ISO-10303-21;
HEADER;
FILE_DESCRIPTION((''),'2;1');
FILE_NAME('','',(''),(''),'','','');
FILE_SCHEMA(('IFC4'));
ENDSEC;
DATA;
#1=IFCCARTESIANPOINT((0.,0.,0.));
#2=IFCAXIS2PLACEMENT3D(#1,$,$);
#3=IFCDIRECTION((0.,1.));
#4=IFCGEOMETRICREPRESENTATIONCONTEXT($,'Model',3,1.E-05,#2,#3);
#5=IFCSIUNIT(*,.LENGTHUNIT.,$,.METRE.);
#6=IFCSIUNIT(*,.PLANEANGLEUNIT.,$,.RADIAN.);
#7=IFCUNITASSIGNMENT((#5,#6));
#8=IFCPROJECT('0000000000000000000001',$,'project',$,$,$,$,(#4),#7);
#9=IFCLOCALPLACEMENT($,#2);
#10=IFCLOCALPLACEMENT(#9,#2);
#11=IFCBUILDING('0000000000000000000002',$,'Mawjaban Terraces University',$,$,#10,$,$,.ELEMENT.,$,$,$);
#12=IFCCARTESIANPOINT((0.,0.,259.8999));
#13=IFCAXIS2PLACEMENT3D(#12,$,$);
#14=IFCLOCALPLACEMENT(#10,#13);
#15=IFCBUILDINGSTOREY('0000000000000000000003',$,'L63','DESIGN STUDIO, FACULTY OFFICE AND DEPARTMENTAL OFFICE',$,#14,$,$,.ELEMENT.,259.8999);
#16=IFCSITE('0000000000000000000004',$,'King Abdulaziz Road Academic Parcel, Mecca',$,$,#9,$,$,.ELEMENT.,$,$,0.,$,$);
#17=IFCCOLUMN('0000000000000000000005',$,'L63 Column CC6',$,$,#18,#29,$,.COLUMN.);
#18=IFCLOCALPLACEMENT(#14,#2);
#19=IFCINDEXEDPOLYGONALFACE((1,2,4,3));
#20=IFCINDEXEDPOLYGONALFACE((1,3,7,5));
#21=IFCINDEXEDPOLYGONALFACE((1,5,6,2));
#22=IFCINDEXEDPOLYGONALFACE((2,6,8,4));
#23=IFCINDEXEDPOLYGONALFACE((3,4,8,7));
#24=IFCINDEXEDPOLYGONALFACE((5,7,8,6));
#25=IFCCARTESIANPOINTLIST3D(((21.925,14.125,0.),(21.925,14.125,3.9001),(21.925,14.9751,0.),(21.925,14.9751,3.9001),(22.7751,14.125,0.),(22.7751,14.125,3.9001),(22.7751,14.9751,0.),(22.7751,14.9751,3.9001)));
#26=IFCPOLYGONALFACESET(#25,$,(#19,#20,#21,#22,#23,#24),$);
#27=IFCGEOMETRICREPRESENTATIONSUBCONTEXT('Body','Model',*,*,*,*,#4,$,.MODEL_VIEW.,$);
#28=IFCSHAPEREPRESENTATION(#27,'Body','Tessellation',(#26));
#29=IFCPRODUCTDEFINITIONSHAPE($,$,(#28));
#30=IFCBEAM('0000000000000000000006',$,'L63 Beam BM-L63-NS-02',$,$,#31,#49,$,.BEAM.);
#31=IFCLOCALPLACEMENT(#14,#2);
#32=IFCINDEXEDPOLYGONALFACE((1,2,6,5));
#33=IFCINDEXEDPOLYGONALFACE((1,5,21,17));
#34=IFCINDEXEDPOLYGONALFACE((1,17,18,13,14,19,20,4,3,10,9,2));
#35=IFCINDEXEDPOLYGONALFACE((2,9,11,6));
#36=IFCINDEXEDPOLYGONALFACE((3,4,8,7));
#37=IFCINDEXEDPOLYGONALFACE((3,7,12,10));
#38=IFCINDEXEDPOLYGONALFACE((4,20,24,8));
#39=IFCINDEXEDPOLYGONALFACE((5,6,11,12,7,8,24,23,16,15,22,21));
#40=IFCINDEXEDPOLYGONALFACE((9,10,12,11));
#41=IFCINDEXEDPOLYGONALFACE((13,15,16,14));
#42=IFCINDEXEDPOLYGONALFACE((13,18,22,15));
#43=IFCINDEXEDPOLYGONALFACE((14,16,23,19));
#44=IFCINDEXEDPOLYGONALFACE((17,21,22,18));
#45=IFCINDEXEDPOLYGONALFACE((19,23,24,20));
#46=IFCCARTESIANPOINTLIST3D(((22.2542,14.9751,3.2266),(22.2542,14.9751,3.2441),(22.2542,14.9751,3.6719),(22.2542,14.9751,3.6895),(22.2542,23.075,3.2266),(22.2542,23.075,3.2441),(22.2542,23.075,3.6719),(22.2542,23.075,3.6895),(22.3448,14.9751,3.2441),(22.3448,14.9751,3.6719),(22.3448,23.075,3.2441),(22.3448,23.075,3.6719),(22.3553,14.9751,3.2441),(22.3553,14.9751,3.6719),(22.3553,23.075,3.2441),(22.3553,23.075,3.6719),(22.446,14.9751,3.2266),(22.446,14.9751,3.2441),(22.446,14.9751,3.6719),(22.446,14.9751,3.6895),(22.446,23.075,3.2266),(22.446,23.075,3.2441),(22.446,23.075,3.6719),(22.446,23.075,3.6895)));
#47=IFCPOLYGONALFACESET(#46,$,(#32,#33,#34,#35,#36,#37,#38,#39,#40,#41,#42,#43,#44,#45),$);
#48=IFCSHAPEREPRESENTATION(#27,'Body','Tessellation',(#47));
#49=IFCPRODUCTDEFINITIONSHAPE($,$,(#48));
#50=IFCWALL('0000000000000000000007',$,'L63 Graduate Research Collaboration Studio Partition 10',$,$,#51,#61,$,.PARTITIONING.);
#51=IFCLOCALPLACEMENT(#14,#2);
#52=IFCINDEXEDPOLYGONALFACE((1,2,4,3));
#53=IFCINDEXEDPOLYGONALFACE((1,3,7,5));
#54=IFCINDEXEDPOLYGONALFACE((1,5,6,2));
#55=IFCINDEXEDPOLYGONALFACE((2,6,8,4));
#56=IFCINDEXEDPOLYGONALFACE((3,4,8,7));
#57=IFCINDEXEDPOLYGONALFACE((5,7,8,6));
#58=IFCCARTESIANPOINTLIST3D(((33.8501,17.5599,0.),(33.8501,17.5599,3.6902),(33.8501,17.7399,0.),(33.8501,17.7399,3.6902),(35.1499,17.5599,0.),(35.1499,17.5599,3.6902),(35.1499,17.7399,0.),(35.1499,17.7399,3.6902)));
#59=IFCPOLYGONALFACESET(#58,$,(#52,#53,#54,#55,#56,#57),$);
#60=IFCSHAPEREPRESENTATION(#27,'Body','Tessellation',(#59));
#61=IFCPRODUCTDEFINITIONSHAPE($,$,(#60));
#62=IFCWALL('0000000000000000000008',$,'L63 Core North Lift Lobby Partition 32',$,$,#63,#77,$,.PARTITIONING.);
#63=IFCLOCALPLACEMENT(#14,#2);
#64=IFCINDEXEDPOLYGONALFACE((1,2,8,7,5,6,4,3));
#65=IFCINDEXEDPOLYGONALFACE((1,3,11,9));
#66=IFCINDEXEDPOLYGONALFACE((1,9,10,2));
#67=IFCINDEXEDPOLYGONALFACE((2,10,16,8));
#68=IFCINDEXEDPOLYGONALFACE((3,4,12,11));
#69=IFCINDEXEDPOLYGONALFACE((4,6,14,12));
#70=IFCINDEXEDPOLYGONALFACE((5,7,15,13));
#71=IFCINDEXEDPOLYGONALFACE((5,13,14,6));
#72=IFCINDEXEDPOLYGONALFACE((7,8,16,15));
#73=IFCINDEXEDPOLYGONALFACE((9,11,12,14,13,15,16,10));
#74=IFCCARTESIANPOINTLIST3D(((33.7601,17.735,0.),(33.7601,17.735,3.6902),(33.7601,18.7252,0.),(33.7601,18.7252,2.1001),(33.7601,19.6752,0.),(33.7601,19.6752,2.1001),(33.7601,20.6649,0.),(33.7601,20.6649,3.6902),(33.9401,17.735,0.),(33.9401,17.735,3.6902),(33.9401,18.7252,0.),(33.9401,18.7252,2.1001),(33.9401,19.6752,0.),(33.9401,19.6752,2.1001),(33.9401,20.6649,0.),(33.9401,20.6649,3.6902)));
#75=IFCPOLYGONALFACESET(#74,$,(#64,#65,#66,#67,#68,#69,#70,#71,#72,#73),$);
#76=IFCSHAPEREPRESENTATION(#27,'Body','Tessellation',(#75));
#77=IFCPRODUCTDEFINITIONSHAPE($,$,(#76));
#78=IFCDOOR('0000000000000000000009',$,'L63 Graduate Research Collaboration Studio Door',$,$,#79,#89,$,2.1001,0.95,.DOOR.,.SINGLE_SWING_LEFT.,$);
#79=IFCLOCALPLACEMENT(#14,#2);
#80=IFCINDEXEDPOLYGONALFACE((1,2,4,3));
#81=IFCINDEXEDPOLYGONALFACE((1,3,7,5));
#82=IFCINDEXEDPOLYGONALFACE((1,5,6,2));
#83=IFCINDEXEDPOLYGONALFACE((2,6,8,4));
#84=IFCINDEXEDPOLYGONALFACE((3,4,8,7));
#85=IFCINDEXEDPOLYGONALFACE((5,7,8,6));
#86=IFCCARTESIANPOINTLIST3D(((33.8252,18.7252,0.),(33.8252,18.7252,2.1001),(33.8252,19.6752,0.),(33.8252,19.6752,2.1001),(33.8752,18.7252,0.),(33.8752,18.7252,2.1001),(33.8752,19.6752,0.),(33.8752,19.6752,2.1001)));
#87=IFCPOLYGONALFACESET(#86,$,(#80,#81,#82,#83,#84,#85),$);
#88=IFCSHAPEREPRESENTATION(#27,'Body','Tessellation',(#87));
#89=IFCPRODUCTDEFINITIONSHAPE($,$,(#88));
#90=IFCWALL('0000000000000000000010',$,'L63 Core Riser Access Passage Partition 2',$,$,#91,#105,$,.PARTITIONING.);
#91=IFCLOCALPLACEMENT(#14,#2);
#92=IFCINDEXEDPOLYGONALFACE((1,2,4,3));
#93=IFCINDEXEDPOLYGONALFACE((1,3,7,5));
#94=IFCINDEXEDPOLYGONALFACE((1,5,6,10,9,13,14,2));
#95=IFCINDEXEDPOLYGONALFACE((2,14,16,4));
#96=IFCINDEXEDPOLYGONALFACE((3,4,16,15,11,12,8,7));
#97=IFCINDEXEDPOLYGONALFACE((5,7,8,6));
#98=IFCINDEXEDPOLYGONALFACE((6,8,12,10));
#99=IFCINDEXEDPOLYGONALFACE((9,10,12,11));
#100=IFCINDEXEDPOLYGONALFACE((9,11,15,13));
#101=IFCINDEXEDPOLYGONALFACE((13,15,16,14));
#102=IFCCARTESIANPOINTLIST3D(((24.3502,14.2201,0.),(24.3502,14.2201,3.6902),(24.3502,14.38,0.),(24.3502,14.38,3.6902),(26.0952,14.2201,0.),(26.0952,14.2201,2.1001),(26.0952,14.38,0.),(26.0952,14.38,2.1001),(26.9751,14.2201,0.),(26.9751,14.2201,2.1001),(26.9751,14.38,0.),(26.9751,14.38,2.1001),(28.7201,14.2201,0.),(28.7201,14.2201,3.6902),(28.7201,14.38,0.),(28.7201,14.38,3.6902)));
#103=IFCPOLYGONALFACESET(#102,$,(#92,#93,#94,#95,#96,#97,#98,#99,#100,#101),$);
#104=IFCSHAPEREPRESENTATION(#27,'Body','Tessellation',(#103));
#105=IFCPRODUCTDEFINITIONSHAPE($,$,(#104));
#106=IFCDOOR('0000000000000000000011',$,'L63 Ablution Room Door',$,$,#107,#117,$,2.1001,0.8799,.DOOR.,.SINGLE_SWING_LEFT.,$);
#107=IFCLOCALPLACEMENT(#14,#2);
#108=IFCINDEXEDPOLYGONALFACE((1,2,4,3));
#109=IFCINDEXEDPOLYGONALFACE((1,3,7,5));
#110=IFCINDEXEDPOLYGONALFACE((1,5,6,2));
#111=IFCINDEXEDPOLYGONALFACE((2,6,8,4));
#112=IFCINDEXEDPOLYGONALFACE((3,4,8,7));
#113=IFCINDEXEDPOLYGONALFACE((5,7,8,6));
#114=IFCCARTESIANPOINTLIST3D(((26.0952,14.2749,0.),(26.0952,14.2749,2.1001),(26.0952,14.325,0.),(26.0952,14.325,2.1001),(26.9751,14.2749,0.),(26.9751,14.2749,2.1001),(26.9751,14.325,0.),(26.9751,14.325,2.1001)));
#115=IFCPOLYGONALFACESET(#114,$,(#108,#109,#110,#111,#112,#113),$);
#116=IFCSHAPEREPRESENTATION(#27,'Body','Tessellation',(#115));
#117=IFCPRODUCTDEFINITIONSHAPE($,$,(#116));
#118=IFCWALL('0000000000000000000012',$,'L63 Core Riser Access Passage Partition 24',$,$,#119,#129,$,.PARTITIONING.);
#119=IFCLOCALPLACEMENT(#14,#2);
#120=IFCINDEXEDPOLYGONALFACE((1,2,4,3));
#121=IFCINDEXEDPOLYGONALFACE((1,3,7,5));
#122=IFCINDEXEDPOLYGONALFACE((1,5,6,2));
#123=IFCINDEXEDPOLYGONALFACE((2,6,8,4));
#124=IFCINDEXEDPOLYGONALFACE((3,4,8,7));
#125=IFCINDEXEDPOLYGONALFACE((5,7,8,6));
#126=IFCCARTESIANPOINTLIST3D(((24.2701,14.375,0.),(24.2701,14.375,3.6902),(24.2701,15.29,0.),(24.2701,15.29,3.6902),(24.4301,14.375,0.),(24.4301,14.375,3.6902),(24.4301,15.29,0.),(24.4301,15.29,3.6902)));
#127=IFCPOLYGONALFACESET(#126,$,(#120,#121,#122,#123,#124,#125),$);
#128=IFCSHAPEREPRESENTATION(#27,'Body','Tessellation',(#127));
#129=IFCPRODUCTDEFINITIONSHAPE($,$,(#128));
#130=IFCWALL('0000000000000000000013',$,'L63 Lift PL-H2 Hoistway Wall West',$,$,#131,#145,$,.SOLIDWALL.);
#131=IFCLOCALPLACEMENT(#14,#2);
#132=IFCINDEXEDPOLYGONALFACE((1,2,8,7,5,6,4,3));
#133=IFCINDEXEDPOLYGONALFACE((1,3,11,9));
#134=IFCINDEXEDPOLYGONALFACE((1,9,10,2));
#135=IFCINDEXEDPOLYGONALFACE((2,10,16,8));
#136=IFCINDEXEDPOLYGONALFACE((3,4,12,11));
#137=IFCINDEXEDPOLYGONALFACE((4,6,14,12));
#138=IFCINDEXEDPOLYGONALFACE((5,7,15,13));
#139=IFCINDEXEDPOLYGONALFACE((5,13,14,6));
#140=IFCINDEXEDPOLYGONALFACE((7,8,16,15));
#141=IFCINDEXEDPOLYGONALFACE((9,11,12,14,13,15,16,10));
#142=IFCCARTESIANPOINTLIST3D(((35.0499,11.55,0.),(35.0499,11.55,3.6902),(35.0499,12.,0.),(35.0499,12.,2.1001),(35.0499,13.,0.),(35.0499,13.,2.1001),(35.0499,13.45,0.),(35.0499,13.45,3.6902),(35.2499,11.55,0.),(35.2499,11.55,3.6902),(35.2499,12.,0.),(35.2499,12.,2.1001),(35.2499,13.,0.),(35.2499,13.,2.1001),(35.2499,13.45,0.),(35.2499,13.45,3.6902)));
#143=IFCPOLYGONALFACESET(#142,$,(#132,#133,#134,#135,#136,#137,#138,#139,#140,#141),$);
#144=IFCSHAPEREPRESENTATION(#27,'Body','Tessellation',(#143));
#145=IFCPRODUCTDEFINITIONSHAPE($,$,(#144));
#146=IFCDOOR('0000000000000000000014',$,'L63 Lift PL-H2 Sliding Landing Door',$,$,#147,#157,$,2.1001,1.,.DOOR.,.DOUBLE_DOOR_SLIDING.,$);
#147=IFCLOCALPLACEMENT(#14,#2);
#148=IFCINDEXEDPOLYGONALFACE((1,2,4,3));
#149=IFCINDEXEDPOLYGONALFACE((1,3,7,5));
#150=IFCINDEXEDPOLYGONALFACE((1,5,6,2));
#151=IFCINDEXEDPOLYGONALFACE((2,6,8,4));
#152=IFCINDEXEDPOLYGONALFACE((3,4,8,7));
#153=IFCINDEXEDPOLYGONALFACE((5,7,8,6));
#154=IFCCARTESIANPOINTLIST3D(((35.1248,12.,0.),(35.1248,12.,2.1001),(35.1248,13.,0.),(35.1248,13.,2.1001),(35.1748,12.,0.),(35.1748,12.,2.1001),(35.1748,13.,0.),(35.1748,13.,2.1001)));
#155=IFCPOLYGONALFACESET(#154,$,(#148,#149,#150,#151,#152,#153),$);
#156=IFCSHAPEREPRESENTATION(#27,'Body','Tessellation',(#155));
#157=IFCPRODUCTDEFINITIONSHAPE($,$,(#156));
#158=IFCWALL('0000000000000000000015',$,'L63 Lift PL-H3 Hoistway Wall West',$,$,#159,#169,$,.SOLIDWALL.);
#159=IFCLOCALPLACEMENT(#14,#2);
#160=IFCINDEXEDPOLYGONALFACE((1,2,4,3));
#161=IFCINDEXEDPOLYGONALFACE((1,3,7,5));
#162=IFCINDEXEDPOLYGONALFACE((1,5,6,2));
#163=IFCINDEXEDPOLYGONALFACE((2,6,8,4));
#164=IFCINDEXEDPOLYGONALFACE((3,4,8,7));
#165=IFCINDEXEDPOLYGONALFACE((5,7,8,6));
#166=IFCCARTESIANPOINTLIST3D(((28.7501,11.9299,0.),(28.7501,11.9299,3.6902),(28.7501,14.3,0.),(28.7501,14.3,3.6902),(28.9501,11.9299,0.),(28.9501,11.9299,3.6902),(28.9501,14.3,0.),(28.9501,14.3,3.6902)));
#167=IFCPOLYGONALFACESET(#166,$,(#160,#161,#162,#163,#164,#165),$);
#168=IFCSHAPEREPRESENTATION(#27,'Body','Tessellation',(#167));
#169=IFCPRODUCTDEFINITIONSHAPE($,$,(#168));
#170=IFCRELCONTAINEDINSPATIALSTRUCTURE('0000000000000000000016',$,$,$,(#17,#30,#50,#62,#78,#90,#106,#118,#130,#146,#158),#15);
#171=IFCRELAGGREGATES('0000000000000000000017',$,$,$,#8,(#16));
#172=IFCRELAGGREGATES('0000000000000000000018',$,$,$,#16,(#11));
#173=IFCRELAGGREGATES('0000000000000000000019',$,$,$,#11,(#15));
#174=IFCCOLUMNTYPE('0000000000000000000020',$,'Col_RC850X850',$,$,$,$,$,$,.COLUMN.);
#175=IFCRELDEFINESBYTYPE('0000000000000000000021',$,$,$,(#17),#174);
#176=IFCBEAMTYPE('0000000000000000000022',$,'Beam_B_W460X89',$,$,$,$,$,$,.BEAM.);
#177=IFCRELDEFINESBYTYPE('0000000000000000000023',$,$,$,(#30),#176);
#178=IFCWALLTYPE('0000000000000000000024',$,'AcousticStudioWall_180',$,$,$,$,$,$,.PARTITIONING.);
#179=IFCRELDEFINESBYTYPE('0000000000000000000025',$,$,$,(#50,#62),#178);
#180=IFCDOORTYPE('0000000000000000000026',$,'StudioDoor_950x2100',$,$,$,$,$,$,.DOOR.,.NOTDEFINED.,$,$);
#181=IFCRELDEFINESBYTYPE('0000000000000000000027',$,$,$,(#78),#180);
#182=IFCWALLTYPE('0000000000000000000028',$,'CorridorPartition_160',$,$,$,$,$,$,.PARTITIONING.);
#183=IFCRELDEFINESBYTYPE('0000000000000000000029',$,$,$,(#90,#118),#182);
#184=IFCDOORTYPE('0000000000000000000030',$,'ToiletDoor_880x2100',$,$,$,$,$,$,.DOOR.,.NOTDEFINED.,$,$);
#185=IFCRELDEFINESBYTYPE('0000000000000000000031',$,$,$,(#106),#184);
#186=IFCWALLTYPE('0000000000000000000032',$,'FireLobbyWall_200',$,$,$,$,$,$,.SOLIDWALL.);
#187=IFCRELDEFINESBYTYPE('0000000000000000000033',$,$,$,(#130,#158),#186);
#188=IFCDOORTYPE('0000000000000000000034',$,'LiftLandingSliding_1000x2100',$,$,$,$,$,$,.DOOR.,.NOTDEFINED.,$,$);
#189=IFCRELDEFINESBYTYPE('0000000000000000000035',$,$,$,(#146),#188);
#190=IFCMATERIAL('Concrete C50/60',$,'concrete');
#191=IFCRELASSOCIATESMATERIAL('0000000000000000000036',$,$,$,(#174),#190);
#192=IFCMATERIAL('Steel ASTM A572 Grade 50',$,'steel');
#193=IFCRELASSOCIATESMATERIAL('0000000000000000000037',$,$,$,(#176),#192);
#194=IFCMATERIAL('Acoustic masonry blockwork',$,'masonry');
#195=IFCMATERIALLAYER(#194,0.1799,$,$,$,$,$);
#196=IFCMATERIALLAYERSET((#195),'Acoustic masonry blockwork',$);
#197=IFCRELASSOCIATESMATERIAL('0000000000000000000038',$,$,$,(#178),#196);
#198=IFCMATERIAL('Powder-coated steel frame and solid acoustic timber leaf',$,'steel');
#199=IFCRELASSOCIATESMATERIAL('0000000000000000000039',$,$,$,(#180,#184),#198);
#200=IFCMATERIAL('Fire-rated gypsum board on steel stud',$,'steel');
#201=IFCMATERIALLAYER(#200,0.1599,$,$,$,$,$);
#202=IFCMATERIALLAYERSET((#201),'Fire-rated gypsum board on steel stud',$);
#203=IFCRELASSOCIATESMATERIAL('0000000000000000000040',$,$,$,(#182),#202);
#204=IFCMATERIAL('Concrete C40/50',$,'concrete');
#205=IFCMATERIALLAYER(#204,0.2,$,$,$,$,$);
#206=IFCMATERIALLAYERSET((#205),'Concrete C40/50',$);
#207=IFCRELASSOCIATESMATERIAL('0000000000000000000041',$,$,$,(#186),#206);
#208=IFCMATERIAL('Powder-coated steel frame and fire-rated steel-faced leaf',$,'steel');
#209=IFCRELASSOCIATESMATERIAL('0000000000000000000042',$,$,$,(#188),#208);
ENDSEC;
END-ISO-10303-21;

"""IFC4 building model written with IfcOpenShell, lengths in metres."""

from ifc_helpers import new_model, si_unit, direction, frame, frame_2d, origin, origin_2d, place, context, subcontext, project, spatial, rectangle, i_section, extrude, material, layer, layer_set, material_profile, profile_set, type_object, element, fill, save


model = new_model("IFC4")

# Units and contexts
model_context = context("Model", 3, precision=1e-05, world=origin(), true_north=direction((0.0, 1.0)))
body_context = subcontext(model_context, "Body", "Model", "MODEL_VIEW")
ifc_project = project(units=[si_unit("LENGTHUNIT", "METRE"), si_unit("PLANEANGLEUNIT", "RADIAN")], contexts=[model_context])

# Site, building, storey
site_placement = place(None, origin())
site = spatial("IfcSite", under=ifc_project, at=site_placement, Name="King Abdulaziz Road Academic Parcel, Mecca", CompositionType="ELEMENT", RefElevation=0.0)
building_placement = place(site_placement, origin())
building = spatial("IfcBuilding", under=site, at=building_placement, Name="Mawjaban Terraces University", CompositionType="ELEMENT")
storey_placement = place(building_placement, frame((0.0, 0.0, 259.8999)))
storey = spatial("IfcBuildingStorey", under=building, at=storey_placement, Name="L63", Description="DESIGN STUDIO, FACULTY OFFICE AND DEPARTMENTAL OFFICE", CompositionType="ELEMENT", Elevation=259.8999)

# Column
ifc_material_1 = material(Name="Concrete C50/60", Category="concrete")
ifc_material_profile_1 = material_profile(ifc_material_1, rectangle(XDim=0.8501, YDim=0.8501, at=origin_2d()), Name="RC850X850")
ifc_profile_set_1 = profile_set([ifc_material_profile_1], Name="Concrete C50/60")
column_type = type_object("IfcColumnType", Name="Col_RC850X850", PredefinedType="COLUMN", material=ifc_profile_set_1)
column_placement = place(storey_placement, frame((22.3501, 14.55, 0.0), z_axis=(0.0, 0.0, 1.0), x_axis=(1.0, 0.0, 0.0)))
element("IfcColumn", 1, at=column_placement, inside=storey, type_object=column_type, Name="L63 Column CC6", PredefinedType="COLUMN", context=body_context, shape_type="SweptSolid", body=[
    extrude(rectangle(XDim=0.8501, YDim=0.8501, at=origin_2d()), origin(), (0.0, 0.0, 1.0), 3.9001),
])

# Beam
ifc_material_2 = material(Name="Steel ASTM A572 Grade 50", Category="steel")
ifc_material_profile_2 = material_profile(ifc_material_2, i_section(OverallWidth=0.1919, OverallDepth=0.4629, WebThickness=0.0105, FlangeThickness=0.0176, at=origin_2d()), Name="W460X89")
ifc_profile_set_2 = profile_set([ifc_material_profile_2], Name="Steel ASTM A572 Grade 50")
beam_type = type_object("IfcBeamType", Name="Beam_B_W460X89", PredefinedType="BEAM", material=ifc_profile_set_2)
beam_placement = place(storey_placement, frame((22.3501, 14.9751, 3.458), z_axis=(0.0, 1.0, 0.0), x_axis=(-1.0, 0.0, 0.0)))
element("IfcBeam", 2, at=beam_placement, inside=storey, type_object=beam_type, Name="L63 Beam BM-L63-NS-02", PredefinedType="BEAM", context=body_context, shape_type="SweptSolid", body=[
    extrude(i_section(OverallWidth=0.1919, OverallDepth=0.4629, WebThickness=0.0105, FlangeThickness=0.0176, at=origin_2d()), origin(), (0.0, 0.0, 1.0), 8.0999),
])

# Wall
ifc_material_3 = material(Name="Acoustic masonry blockwork", Category="masonry")
ifc_layer_1 = layer(ifc_material_3, 0.1799)
ifc_layer_set_1 = layer_set([ifc_layer_1], Name="Acoustic masonry blockwork")
wall_type_1 = type_object("IfcWallType", Name="AcousticStudioWall_180", PredefinedType="PARTITIONING", material=ifc_layer_set_1)
wall_1_placement = place(storey_placement, frame((33.8501, 17.6499, 0.0), z_axis=(0.0, 0.0, 1.0), x_axis=(1.0, 0.0, 0.0)))
element("IfcWall", 3, at=wall_1_placement, inside=storey, type_object=wall_type_1, Name="L63 Graduate Research Collaboration Studio Partition 10", PredefinedType="PARTITIONING", context=body_context, shape_type="SweptSolid", body=[
    extrude(rectangle(XDim=1.2998, YDim=0.1799, at=frame_2d((0.6499, 0.0))), origin(), (0.0, 0.0, 1.0), 3.6902),
])

# Walls, openings, doors
wall_2_placement = place(storey_placement, frame((33.8501, 17.7351, 0.0), z_axis=(0.0, 0.0, 1.0), x_axis=(0.0, 1.0, 0.0)))
wall_2 = element("IfcWall", 4, at=wall_2_placement, inside=storey, type_object=wall_type_1, Name="L63 Core North Lift Lobby Partition 32", PredefinedType="PARTITIONING", context=body_context, shape_type="SweptSolid", body=[
    extrude(rectangle(XDim=2.9299, YDim=0.1799, at=frame_2d((1.4648, 0.0))), origin(), (0.0, 0.0, 1.0), 3.6902),
])
opening_1_placement = place(wall_2_placement, frame((0.99, 0.0, 0.0)))
opening_1 = element("IfcOpeningElement", 5, at=opening_1_placement, cuts=wall_2, PredefinedType="OPENING", context=body_context, shape_type="SweptSolid", body=[
    extrude(rectangle(XDim=0.95, YDim=2.1001, at=frame_2d((0.4751, 1.05))), frame((0.0, 0.0999, 0.0), z_axis=(0.0, -1.0, 0.0), x_axis=(1.0, 0.0, 0.0)), (0.0, 0.0, 1.0), 0.2),
])
ifc_material_4 = material(Name="Powder-coated steel frame and solid acoustic timber leaf", Category="steel")
door_type_1 = type_object("IfcDoorType", Name="StudioDoor_950x2100", OperationType="NOTDEFINED", PredefinedType="DOOR", material=ifc_material_4)
door_1_placement = place(opening_1_placement, origin())
door_1 = element("IfcDoor", 6, at=door_1_placement, inside=storey, type_object=door_type_1, Name="L63 Graduate Research Collaboration Studio Door", OperationType="SINGLE_SWING_LEFT", OverallHeight=2.1001, OverallWidth=0.95, PredefinedType="DOOR", context=body_context, shape_type="SweptSolid", body=[
    extrude(rectangle(XDim=0.95, YDim=2.1001, at=frame_2d((0.4751, 1.05))), frame((0.0, 0.0249, 0.0), z_axis=(0.0, -1.0, 0.0), x_axis=(1.0, 0.0, 0.0)), (0.0, 0.0, 1.0), 0.05),
])
fill(opening_1, door_1)
ifc_material_5 = material(Name="Fire-rated gypsum board on steel stud", Category="steel")
ifc_layer_2 = layer(ifc_material_5, 0.1599)
ifc_layer_set_2 = layer_set([ifc_layer_2], Name="Fire-rated gypsum board on steel stud")
wall_type_2 = type_object("IfcWallType", Name="CorridorPartition_160", PredefinedType="PARTITIONING", material=ifc_layer_set_2)
wall_3_placement = place(storey_placement, frame((24.3501, 14.3, 0.0), z_axis=(0.0, 0.0, 1.0), x_axis=(1.0, 0.0, 0.0)))
wall_3 = element("IfcWall", 7, at=wall_3_placement, inside=storey, type_object=wall_type_2, Name="L63 Core Riser Access Passage Partition 2", PredefinedType="PARTITIONING", context=body_context, shape_type="SweptSolid", body=[
    extrude(rectangle(XDim=4.3699, YDim=0.1599, at=frame_2d((2.1851, 0.0))), origin(), (0.0, 0.0, 1.0), 3.6902),
])
opening_2_placement = place(wall_3_placement, frame((1.7451, 0.0, 0.0)))
opening_2 = element("IfcOpeningElement", 8, at=opening_2_placement, cuts=wall_3, PredefinedType="OPENING", context=body_context, shape_type="SweptSolid", body=[
    extrude(rectangle(XDim=0.8799, YDim=2.1001, at=frame_2d((0.4399, 1.05))), frame((0.0, 0.0898, 0.0), z_axis=(0.0, -1.0, 0.0), x_axis=(1.0, 0.0, 0.0)), (0.0, 0.0, 1.0), 0.1799),
])
door_type_2 = type_object("IfcDoorType", Name="ToiletDoor_880x2100", OperationType="NOTDEFINED", PredefinedType="DOOR", material=ifc_material_4)
door_2_placement = place(opening_2_placement, origin())
door_2 = element("IfcDoor", 9, at=door_2_placement, inside=storey, type_object=door_type_2, Name="L63 Ablution Room Door", OperationType="SINGLE_SWING_LEFT", OverallHeight=2.1001, OverallWidth=0.8799, PredefinedType="DOOR", context=body_context, shape_type="SweptSolid", body=[
    extrude(rectangle(XDim=0.8799, YDim=2.1001, at=frame_2d((0.4399, 1.05))), frame((0.0, 0.0249, 0.0), z_axis=(0.0, -1.0, 0.0), x_axis=(1.0, 0.0, 0.0)), (0.0, 0.0, 1.0), 0.05),
])
fill(opening_2, door_2)

# Wall
wall_4_placement = place(storey_placement, frame((24.3501, 15.29, 0.0), z_axis=(0.0, 0.0, 1.0), x_axis=(0.0, -1.0, 0.0)))
element("IfcWall", 10, at=wall_4_placement, inside=storey, type_object=wall_type_2, Name="L63 Core Riser Access Passage Partition 24", PredefinedType="PARTITIONING", context=body_context, shape_type="SweptSolid", body=[
    extrude(rectangle(XDim=0.915, YDim=0.1599, at=frame_2d((0.4575, 0.0))), origin(), (0.0, 0.0, 1.0), 3.6902),
])

# Wall, opening, door
ifc_material_6 = material(Name="Concrete C40/50", Category="concrete")
ifc_layer_3 = layer(ifc_material_6, 0.2)
ifc_layer_set_3 = layer_set([ifc_layer_3], Name="Concrete C40/50")
wall_type_3 = type_object("IfcWallType", Name="FireLobbyWall_200", PredefinedType="SOLIDWALL", material=ifc_layer_set_3)
wall_5_placement = place(storey_placement, frame((35.1499, 13.45, 0.0), z_axis=(0.0, 0.0, 1.0), x_axis=(0.0, -1.0, 0.0)))
wall_5 = element("IfcWall", 11, at=wall_5_placement, inside=storey, type_object=wall_type_3, Name="L63 Lift PL-H2 Hoistway Wall West", PredefinedType="SOLIDWALL", context=body_context, shape_type="SweptSolid", body=[
    extrude(rectangle(XDim=1.8999, YDim=0.2, at=frame_2d((0.95, 0.0))), origin(), (0.0, 0.0, 1.0), 3.6902),
])
opening_3_placement = place(wall_5_placement, frame((0.45, 0.0, 0.0)))
opening_3 = element("IfcOpeningElement", 12, at=opening_3_placement, cuts=wall_5, PredefinedType="OPENING", context=body_context, shape_type="SweptSolid", body=[
    extrude(rectangle(XDim=1.0, YDim=2.1001, at=frame_2d((0.5, 1.05))), frame((0.0, 0.1099, 0.0), z_axis=(0.0, -1.0, 0.0), x_axis=(1.0, 0.0, 0.0)), (0.0, 0.0, 1.0), 0.22),
])
ifc_material_7 = material(Name="Powder-coated steel frame and fire-rated steel-faced leaf", Category="steel")
door_type_3 = type_object("IfcDoorType", Name="LiftLandingSliding_1000x2100", OperationType="NOTDEFINED", PredefinedType="DOOR", material=ifc_material_7)
door_3_placement = place(opening_3_placement, origin())
door_3 = element("IfcDoor", 13, at=door_3_placement, inside=storey, type_object=door_type_3, Name="L63 Lift PL-H2 Sliding Landing Door", OperationType="DOUBLE_DOOR_SLIDING", OverallHeight=2.1001, OverallWidth=1.0, PredefinedType="DOOR", context=body_context, shape_type="SweptSolid", body=[
    extrude(rectangle(XDim=1.0, YDim=2.1001, at=frame_2d((0.5, 1.05))), frame((0.0, 0.0249, 0.0), z_axis=(0.0, -1.0, 0.0), x_axis=(1.0, 0.0, 0.0)), (0.0, 0.0, 1.0), 0.05),
])
fill(opening_3, door_3)

# Wall
wall_6_placement = place(storey_placement, frame((28.8501, 14.3, 0.0), z_axis=(0.0, 0.0, 1.0), x_axis=(0.0, -1.0, 0.0)))
element("IfcWall", 14, at=wall_6_placement, inside=storey, type_object=wall_type_3, Name="L63 Lift PL-H3 Hoistway Wall West", PredefinedType="SOLIDWALL", context=body_context, shape_type="SweptSolid", body=[
    extrude(rectangle(XDim=2.3701, YDim=0.2, at=frame_2d((1.1851, 0.0))), origin(), (0.0, 0.0, 1.0), 3.6902),
])

save(model, "model.ifc")
